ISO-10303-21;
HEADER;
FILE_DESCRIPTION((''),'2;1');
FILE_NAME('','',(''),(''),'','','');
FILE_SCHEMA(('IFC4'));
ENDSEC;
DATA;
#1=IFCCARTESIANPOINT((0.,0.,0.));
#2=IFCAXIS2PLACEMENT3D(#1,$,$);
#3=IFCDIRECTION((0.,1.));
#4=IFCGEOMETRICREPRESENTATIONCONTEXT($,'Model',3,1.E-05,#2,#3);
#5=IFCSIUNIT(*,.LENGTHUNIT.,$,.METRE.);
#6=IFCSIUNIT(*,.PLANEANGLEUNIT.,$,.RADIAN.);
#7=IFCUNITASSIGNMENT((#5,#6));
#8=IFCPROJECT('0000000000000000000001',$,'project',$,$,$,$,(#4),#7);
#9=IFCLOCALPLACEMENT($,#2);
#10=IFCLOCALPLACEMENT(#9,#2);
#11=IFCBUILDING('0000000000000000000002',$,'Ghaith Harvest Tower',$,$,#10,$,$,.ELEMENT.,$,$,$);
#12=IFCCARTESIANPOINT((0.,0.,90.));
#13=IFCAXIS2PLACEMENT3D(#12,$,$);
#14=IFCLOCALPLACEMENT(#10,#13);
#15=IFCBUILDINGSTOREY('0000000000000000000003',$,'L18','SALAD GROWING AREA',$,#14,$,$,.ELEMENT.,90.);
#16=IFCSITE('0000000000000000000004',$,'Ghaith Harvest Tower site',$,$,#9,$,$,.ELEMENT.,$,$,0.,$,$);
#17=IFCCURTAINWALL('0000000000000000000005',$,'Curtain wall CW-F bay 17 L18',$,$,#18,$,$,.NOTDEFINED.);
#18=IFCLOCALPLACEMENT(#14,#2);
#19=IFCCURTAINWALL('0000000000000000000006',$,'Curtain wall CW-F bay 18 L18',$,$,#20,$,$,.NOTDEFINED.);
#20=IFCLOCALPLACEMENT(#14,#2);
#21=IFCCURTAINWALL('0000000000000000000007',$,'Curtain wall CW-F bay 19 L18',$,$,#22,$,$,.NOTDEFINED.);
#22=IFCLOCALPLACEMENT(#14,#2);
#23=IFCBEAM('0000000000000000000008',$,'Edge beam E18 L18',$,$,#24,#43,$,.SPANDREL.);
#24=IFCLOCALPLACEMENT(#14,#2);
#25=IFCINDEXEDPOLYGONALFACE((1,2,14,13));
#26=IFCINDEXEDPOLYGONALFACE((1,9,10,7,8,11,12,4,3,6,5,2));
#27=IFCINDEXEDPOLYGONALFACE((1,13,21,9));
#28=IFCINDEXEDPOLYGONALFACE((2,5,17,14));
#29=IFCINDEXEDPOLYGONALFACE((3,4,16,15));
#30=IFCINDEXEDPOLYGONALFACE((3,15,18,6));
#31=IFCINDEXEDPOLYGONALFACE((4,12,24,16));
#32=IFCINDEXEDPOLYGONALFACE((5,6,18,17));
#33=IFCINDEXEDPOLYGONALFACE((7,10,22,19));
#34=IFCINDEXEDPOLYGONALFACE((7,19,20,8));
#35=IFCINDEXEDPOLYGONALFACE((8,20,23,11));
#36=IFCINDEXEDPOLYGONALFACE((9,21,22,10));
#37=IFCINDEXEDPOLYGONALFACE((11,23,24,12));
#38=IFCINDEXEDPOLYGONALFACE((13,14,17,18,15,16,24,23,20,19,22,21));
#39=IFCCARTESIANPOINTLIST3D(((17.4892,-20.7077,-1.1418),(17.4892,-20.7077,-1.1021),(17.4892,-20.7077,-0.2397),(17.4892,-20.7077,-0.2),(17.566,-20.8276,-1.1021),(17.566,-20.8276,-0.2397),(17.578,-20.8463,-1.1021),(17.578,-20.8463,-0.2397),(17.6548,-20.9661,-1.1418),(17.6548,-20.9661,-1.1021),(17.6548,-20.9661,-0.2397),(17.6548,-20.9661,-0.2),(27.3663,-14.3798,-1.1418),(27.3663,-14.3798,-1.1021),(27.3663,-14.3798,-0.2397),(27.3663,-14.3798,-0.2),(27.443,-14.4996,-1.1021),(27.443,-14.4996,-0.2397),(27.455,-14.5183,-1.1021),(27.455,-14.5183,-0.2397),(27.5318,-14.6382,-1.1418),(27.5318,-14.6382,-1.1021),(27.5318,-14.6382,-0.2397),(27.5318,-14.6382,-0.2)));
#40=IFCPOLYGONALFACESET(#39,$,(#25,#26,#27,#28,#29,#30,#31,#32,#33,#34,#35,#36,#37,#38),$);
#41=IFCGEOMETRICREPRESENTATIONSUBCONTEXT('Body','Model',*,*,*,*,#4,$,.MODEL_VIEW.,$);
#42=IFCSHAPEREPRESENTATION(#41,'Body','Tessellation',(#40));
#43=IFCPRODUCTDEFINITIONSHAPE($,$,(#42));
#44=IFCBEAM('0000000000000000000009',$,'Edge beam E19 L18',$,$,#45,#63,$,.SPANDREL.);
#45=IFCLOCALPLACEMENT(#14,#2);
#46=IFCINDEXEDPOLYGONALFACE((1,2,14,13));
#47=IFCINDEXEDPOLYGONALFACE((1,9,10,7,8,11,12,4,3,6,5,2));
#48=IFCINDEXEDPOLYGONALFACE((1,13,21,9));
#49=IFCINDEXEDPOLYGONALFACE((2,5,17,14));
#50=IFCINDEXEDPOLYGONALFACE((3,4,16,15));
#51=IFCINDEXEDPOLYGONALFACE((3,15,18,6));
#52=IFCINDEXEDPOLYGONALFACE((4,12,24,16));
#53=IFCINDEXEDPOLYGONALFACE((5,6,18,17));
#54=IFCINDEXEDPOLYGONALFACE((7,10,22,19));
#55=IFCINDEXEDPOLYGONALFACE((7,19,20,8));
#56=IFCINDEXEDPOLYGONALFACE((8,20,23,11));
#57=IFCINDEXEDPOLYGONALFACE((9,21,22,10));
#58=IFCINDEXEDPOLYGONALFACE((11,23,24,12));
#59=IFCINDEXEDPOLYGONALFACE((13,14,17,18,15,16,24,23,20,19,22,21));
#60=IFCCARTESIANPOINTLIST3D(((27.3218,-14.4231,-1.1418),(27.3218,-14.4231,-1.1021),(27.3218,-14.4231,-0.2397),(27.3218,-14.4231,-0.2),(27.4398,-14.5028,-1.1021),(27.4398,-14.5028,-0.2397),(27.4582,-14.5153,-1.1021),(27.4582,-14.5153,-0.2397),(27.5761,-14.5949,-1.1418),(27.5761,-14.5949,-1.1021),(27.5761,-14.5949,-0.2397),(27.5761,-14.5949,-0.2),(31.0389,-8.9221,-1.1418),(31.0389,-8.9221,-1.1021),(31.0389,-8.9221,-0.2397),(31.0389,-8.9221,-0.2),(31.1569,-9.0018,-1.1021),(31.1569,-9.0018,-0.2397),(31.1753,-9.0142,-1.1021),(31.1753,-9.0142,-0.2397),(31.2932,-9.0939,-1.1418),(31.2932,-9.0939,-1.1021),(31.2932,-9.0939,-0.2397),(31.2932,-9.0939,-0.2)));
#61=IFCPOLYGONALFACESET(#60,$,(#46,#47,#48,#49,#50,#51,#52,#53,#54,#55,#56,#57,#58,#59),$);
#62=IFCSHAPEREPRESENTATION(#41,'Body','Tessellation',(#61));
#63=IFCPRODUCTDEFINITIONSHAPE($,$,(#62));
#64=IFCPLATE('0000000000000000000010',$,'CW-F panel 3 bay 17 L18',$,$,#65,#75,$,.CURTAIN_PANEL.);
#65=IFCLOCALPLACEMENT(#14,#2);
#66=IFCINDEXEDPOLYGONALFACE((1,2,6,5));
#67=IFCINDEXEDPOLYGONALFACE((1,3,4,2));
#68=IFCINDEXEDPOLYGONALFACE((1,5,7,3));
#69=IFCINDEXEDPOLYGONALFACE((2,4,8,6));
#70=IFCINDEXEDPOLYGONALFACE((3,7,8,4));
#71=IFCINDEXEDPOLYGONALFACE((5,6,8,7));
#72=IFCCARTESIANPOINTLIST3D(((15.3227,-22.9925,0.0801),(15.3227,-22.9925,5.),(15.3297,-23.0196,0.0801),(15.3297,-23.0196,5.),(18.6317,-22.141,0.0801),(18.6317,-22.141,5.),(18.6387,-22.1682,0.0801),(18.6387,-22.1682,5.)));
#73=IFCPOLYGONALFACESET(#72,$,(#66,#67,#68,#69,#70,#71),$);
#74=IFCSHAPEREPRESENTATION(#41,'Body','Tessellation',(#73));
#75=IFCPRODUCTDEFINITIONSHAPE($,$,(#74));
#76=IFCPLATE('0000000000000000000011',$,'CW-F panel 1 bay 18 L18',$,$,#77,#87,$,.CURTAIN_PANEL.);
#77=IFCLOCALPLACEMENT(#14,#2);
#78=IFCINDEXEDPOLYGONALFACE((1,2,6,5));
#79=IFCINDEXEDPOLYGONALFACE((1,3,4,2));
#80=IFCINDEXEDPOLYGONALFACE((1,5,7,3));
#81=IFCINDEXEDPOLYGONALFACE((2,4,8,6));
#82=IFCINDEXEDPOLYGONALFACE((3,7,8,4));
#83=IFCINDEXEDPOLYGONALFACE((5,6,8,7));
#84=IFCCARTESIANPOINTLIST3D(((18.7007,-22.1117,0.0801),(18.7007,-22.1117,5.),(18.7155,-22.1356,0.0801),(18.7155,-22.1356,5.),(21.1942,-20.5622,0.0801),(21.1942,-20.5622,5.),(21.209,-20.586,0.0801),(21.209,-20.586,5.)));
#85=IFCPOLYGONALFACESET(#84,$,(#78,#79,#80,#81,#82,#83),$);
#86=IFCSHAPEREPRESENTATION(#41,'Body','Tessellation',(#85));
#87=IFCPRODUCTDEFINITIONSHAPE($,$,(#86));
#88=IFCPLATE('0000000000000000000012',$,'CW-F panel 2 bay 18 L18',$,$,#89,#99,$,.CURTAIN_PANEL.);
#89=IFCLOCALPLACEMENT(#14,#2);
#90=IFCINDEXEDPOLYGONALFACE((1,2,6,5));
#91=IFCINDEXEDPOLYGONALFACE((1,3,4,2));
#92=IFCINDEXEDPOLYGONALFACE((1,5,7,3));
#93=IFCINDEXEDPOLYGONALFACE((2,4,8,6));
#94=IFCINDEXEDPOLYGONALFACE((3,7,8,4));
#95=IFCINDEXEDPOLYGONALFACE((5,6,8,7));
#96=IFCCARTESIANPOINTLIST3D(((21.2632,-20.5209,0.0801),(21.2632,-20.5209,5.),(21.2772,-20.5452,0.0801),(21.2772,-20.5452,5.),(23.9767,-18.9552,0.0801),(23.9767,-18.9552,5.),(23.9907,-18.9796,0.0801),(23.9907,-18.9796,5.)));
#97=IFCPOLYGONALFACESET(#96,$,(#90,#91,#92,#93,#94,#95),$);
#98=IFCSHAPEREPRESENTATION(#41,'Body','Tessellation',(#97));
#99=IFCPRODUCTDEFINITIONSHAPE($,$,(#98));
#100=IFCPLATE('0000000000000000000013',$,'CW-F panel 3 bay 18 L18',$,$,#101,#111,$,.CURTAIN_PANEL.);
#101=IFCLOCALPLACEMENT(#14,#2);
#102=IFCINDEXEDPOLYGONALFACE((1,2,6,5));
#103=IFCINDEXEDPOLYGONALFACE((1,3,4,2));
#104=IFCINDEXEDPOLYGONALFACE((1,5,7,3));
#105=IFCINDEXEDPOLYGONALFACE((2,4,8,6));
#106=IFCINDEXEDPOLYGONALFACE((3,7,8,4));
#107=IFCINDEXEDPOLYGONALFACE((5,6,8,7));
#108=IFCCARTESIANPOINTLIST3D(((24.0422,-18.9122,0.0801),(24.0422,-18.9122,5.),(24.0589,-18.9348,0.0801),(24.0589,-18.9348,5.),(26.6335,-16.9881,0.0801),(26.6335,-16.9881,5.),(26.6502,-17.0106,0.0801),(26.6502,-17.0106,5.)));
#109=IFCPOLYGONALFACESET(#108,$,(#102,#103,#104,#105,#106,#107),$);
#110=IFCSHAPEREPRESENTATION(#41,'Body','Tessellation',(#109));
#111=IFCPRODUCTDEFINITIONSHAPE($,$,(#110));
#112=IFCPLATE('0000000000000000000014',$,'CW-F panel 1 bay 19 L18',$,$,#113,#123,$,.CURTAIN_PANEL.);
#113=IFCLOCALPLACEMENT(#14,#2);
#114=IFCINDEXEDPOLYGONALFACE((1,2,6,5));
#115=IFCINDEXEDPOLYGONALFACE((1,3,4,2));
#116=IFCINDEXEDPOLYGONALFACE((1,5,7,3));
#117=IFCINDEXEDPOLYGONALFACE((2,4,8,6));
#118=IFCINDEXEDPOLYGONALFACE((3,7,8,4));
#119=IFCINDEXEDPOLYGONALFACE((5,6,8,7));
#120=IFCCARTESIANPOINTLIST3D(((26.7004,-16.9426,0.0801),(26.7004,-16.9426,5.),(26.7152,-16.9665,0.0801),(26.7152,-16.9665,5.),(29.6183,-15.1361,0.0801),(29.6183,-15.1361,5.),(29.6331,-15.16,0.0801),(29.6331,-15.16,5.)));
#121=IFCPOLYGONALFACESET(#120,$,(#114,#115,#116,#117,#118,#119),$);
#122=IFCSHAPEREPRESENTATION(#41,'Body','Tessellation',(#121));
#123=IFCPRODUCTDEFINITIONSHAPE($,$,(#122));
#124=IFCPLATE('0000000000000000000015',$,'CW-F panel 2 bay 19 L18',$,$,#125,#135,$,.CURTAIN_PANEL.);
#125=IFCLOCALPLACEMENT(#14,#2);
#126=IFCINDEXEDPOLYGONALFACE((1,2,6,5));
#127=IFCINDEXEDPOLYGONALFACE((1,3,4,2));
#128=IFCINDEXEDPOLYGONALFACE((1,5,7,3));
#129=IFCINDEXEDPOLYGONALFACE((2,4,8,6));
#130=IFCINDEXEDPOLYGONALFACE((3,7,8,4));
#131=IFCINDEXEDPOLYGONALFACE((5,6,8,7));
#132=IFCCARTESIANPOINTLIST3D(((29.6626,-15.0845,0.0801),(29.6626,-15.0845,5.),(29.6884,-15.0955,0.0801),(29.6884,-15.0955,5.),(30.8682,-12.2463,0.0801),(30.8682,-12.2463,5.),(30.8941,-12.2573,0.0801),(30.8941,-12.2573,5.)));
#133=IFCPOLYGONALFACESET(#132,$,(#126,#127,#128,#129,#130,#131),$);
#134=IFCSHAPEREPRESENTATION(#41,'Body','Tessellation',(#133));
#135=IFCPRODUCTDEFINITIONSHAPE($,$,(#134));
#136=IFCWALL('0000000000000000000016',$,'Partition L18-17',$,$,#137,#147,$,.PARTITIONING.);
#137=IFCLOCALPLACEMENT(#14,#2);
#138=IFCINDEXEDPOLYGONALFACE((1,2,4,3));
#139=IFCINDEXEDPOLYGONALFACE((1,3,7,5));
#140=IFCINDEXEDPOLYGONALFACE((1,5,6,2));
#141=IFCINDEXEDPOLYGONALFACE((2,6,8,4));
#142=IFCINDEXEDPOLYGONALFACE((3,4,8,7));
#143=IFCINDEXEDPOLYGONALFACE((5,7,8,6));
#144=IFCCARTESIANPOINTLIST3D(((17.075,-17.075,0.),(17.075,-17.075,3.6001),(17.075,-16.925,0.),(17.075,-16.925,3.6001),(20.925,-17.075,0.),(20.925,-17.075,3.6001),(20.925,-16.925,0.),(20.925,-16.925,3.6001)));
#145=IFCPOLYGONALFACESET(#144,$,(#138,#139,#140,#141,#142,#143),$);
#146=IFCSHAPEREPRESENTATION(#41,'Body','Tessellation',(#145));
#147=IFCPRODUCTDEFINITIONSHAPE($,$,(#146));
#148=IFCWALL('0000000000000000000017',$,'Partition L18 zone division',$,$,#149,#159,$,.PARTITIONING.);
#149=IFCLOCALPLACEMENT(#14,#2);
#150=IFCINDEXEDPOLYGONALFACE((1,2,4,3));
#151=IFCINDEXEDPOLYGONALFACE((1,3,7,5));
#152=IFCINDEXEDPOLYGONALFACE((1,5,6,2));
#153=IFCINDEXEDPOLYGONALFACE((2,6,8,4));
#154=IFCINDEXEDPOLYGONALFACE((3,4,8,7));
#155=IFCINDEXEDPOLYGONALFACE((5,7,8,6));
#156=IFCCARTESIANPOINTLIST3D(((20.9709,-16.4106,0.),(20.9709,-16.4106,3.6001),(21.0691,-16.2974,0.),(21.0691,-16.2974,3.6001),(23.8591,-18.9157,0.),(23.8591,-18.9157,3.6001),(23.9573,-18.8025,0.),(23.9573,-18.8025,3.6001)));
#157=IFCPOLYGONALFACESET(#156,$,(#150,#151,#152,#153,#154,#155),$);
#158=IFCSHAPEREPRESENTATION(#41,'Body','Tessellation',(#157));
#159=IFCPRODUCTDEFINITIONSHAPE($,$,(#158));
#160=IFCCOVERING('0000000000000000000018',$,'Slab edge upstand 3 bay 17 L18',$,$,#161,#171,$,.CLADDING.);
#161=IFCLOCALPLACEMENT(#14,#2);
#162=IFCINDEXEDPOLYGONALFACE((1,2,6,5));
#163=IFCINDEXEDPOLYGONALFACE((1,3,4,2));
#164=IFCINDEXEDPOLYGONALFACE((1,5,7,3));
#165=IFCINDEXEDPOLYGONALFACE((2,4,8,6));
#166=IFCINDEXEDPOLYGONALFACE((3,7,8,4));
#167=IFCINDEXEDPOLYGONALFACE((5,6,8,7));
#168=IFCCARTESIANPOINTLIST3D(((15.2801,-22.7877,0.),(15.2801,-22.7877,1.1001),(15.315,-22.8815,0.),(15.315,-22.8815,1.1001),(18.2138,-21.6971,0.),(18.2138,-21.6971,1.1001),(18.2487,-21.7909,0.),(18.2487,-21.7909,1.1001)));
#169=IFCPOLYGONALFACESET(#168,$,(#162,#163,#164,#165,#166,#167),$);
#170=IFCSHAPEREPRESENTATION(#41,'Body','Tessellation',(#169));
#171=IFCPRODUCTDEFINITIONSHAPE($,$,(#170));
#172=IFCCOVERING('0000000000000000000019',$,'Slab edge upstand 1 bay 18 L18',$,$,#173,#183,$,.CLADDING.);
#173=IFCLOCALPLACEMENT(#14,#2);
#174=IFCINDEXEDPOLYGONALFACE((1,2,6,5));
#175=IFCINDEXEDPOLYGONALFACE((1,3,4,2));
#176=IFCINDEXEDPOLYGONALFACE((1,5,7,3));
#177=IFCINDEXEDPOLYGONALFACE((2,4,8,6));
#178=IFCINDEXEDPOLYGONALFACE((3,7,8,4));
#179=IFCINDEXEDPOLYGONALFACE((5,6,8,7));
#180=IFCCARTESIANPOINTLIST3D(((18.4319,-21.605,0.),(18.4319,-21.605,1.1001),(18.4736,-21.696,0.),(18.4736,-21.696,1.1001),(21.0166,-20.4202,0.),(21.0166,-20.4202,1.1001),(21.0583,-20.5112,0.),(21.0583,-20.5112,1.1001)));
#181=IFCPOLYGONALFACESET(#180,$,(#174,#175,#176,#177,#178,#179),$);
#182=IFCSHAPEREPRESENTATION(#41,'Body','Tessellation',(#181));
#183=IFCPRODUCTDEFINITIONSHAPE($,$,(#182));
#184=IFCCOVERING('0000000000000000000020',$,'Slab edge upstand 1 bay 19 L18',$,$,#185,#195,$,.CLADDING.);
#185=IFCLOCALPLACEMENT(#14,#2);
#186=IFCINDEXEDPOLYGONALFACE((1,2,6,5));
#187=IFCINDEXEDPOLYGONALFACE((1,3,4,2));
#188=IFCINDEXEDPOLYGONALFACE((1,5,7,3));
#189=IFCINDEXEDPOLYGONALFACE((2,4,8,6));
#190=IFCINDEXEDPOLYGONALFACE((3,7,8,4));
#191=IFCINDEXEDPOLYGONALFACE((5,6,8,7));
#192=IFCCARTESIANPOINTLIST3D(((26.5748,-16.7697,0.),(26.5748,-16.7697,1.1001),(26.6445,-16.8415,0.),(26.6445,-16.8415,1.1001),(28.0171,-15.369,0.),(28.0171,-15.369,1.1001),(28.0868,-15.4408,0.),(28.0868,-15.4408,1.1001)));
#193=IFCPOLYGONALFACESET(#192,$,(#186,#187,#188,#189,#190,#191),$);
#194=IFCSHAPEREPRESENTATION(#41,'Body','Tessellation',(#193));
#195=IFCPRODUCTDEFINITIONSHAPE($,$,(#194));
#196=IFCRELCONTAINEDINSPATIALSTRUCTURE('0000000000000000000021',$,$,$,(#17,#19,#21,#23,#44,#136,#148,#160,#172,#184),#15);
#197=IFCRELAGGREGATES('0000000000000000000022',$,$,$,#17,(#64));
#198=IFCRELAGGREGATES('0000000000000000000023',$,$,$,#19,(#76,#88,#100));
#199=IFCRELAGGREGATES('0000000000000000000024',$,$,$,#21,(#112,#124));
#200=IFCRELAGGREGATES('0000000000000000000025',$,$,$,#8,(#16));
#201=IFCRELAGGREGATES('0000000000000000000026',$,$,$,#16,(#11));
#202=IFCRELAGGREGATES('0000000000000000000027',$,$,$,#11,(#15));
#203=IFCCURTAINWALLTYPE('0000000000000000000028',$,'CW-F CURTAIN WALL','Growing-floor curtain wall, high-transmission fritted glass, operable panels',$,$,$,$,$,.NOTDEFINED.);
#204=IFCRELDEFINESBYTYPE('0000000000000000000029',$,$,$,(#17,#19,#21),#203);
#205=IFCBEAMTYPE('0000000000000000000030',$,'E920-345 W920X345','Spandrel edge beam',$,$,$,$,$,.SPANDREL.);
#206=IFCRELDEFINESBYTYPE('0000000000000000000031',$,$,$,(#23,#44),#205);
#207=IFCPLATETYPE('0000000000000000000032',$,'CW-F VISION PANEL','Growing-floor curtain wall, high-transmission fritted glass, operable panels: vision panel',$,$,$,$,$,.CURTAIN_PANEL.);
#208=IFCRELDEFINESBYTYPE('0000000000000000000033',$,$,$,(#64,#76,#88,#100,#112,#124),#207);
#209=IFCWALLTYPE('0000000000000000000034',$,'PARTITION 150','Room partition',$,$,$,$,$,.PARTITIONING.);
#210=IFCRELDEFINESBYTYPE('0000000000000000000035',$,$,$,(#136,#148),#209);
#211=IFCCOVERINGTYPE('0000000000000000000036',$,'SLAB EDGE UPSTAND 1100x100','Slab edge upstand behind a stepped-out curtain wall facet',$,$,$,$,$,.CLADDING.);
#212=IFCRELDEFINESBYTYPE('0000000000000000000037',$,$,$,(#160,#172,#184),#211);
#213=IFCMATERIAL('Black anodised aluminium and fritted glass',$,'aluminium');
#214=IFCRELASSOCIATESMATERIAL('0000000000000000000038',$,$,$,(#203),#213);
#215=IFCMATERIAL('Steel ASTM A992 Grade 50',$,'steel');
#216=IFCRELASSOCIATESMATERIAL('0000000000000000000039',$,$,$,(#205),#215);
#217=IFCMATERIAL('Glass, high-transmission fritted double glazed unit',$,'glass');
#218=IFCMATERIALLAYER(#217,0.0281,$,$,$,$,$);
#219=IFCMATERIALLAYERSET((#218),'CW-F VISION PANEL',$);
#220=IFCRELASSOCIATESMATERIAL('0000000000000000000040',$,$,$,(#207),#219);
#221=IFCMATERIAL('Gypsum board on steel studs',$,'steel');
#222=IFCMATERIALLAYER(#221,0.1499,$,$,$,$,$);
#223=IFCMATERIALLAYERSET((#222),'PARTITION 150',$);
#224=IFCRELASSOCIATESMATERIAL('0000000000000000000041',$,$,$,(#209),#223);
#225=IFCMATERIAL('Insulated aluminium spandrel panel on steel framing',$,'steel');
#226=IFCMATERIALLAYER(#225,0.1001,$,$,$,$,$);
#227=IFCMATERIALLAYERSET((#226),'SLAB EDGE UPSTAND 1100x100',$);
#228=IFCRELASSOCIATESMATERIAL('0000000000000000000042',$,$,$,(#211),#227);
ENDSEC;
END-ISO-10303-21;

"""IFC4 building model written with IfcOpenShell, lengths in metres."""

from ifc_helpers import new_model, si_unit, direction, frame, frame_2d, origin, origin_2d, place, context, subcontext, project, spatial, rectangle, i_section, extrude, material, layer, layer_set, material_profile, profile_set, type_object, element, aggregate, save


model = new_model("IFC4")

# Units and contexts
model_context = context("Model", 3, precision=1e-05, world=origin(), true_north=direction((0.0, 1.0)))
body_context = subcontext(model_context, "Body", "Model", "MODEL_VIEW")
ifc_project = project(units=[si_unit("LENGTHUNIT", "METRE"), si_unit("PLANEANGLEUNIT", "RADIAN")], contexts=[model_context])

# Site, building, storey
site_placement = place(None, origin())
site = spatial("IfcSite", under=ifc_project, at=site_placement, Name="Ghaith Harvest Tower site", CompositionType="ELEMENT", RefElevation=0.0)
building_placement = place(site_placement, origin())
building = spatial("IfcBuilding", under=site, at=building_placement, Name="Ghaith Harvest Tower", CompositionType="ELEMENT")
storey_placement = place(building_placement, frame((0.0, 0.0, 90.0)))
storey = spatial("IfcBuildingStorey", under=building, at=storey_placement, Name="L18", Description="SALAD GROWING AREA", CompositionType="ELEMENT", Elevation=90.0)

# Curtain wall
ifc_material_1 = material(Name="Black anodised aluminium and fritted glass", Category="aluminium")
curtain_wall_type = type_object("IfcCurtainWallType", Name="CW-F CURTAIN WALL", Description="Growing-floor curtain wall, high-transmission fritted glass, operable panels", PredefinedType="NOTDEFINED", material=ifc_material_1)
curtain_wall_1_placement = place(storey_placement, origin())
curtain_wall_1 = element("IfcCurtainWall", 1, at=curtain_wall_1_placement, inside=storey, type_object=curtain_wall_type, Name="Curtain wall CW-F bay 17 L18", PredefinedType="NOTDEFINED")

# Curtain walls
curtain_wall_2_placement = place(storey_placement, origin())
curtain_wall_2 = element("IfcCurtainWall", 2, at=curtain_wall_2_placement, inside=storey, type_object=curtain_wall_type, Name="Curtain wall CW-F bay 18 L18", PredefinedType="NOTDEFINED")
curtain_wall_3_placement = place(storey_placement, origin())
curtain_wall_3 = element("IfcCurtainWall", 3, at=curtain_wall_3_placement, inside=storey, type_object=curtain_wall_type, Name="Curtain wall CW-F bay 19 L18", PredefinedType="NOTDEFINED")

# Beams
ifc_material_2 = material(Name="Steel ASTM A992 Grade 50", Category="steel")
ifc_material_profile_1 = material_profile(ifc_material_2, i_section(OverallWidth=0.3069, OverallDepth=0.9419, WebThickness=0.0222, FlangeThickness=0.0398, at=origin_2d()), Name="W920X345")
ifc_profile_set_1 = profile_set([ifc_material_profile_1], Name="Steel ASTM A992 Grade 50")
beam_type = type_object("IfcBeamType", Name="E920-345 W920X345", Description="Spandrel edge beam", PredefinedType="SPANDREL", material=ifc_profile_set_1)
beam_1_placement = place(storey_placement, frame((17.572, -20.8369, -0.6709), z_axis=(0.842015, 0.539455, 0.0), x_axis=(-0.539455, 0.842015, 0.0)))
element("IfcBeam", 4, at=beam_1_placement, inside=storey, type_object=beam_type, Name="Edge beam E18 L18", PredefinedType="SPANDREL", context=body_context, shape_type="SweptSolid", body=[
    extrude(i_section(OverallWidth=0.3069, OverallDepth=0.9419, WebThickness=0.0222, FlangeThickness=0.0398, at=origin_2d()), origin(), (0.0, 0.0, 1.0), 11.7302),
])
beam_2_placement = place(storey_placement, frame((27.449, -14.509, -0.6709), z_axis=(0.559874, 0.828577, 0.0), x_axis=(-0.828577, 0.559874, 0.0)))
element("IfcBeam", 5, at=beam_2_placement, inside=storey, type_object=beam_type, Name="Edge beam E19 L18", PredefinedType="SPANDREL", context=body_context, shape_type="SweptSolid", body=[
    extrude(i_section(OverallWidth=0.3069, OverallDepth=0.9419, WebThickness=0.0222, FlangeThickness=0.0398, at=origin_2d()), origin(), (0.0, 0.0, 1.0), 6.6392),
])

# Plates
ifc_material_3 = material(Name="Glass, high-transmission fritted double glazed unit", Category="glass")
ifc_layer_1 = layer(ifc_material_3, 0.0281)
ifc_layer_set_1 = layer_set([ifc_layer_1], Name="CW-F VISION PANEL")
plate_type = type_object("IfcPlateType", Name="CW-F VISION PANEL", Description="Growing-floor curtain wall, high-transmission fritted glass, operable panels: vision panel", PredefinedType="CURTAIN_PANEL", material=ifc_layer_set_1)
plate_1_placement = place(storey_placement, frame((16.9807, -22.5803, 0.0801), z_axis=(0.0, 0.0, 1.0), x_axis=(0.968451, 0.249202, 0.0)))
plate_1 = element("IfcPlate", 6, at=plate_1_placement, type_object=plate_type, Name="CW-F panel 3 bay 17 L18", PredefinedType="CURTAIN_PANEL", context=body_context, shape_type="SweptSolid", body=[
    extrude(rectangle(XDim=3.4167, YDim=0.0281, at=origin_2d()), origin(), (0.0, 0.0, 1.0), 4.9199),
])
aggregate(curtain_wall_1, [plate_1])
plate_2_placement = place(storey_placement, frame((19.9548, -21.3489, 0.0801), z_axis=(0.0, 0.0, 1.0), x_axis=(0.849361, 0.527813, 0.0)))
plate_2 = element("IfcPlate", 7, at=plate_2_placement, type_object=plate_type, Name="CW-F panel 1 bay 18 L18", PredefinedType="CURTAIN_PANEL", context=body_context, shape_type="SweptSolid", body=[
    extrude(rectangle(XDim=2.9358, YDim=0.0281, at=origin_2d()), origin(), (0.0, 0.0, 1.0), 4.9199),
])
plate_3_placement = place(storey_placement, frame((22.627, -19.7502, 0.0801), z_axis=(0.0, 0.0, 1.0), x_axis=(0.866159, 0.499768, 0.0)))
plate_3 = element("IfcPlate", 8, at=plate_3_placement, type_object=plate_type, Name="CW-F panel 2 bay 18 L18", PredefinedType="CURTAIN_PANEL", context=body_context, shape_type="SweptSolid", body=[
    extrude(rectangle(XDim=3.1328, YDim=0.0281, at=origin_2d()), origin(), (0.0, 0.0, 1.0), 4.9199),
])
plate_4_placement = place(storey_placement, frame((25.3462, -17.9614, 0.0801), z_axis=(0.0, 0.0, 1.0), x_axis=(0.802867, 0.596158, 0.0)))
plate_4 = element("IfcPlate", 9, at=plate_4_placement, type_object=plate_type, Name="CW-F panel 3 bay 18 L18", PredefinedType="CURTAIN_PANEL", context=body_context, shape_type="SweptSolid", body=[
    extrude(rectangle(XDim=3.2275, YDim=0.0281, at=origin_2d()), origin(), (0.0, 0.0, 1.0), 4.9199),
])
aggregate(curtain_wall_2, [plate_2, plate_3, plate_4])
plate_5_placement = place(storey_placement, frame((28.1667, -16.0513, 0.0801), z_axis=(0.0, 0.0, 1.0), x_axis=(0.850246, 0.526386, 0.0)))
plate_5 = element("IfcPlate", 10, at=plate_5_placement, type_object=plate_type, Name="CW-F panel 1 bay 19 L18", PredefinedType="CURTAIN_PANEL", context=body_context, shape_type="SweptSolid", body=[
    extrude(rectangle(XDim=3.4319, YDim=0.0281, at=origin_2d()), origin(), (0.0, 0.0, 1.0), 4.9199),
])
plate_6_placement = place(storey_placement, frame((30.2783, -13.6709, 0.0801), z_axis=(0.0, 0.0, 1.0), x_axis=(0.39098, 0.920399, 0.0)))
plate_6 = element("IfcPlate", 11, at=plate_6_placement, type_object=plate_type, Name="CW-F panel 2 bay 19 L18", PredefinedType="CURTAIN_PANEL", context=body_context, shape_type="SweptSolid", body=[
    extrude(rectangle(XDim=3.0837, YDim=0.0281, at=origin_2d()), origin(), (0.0, 0.0, 1.0), 4.9199),
])
aggregate(curtain_wall_3, [plate_5, plate_6])

# Walls
ifc_material_4 = material(Name="Gypsum board on steel studs", Category="steel")
ifc_layer_2 = layer(ifc_material_4, 0.1499)
ifc_layer_set_2 = layer_set([ifc_layer_2], Name="PARTITION 150")
wall_type = type_object("IfcWallType", Name="PARTITION 150", Description="Room partition", PredefinedType="PARTITIONING", material=ifc_layer_set_2)
wall_1_placement = place(storey_placement, frame((17.075, -17.0, 0.0), z_axis=(0.0, 0.0, 1.0), x_axis=(1.0, 0.0, 0.0)))
element("IfcWall", 12, at=wall_1_placement, inside=storey, type_object=wall_type, Name="Partition L18-17", PredefinedType="PARTITIONING", context=body_context, shape_type="SweptSolid", body=[
    extrude(rectangle(XDim=3.8501, YDim=0.1499, at=frame_2d((1.925, 0.0))), origin(), (0.0, 0.0, 1.0), 3.6001),
])
wall_2_placement = place(storey_placement, frame((21.02, -16.354, 0.0), z_axis=(0.0, 0.0, 1.0), x_axis=(0.755426, -0.655234, 0.0)))
element("IfcWall", 13, at=wall_2_placement, inside=storey, type_object=wall_type, Name="Partition L18 zone division", PredefinedType="PARTITIONING", context=body_context, shape_type="SweptSolid", body=[
    extrude(rectangle(XDim=3.8232, YDim=0.1499, at=frame_2d((1.9116, 0.0))), origin(), (0.0, 0.0, 1.0), 3.6001),
])

# Coverings
ifc_material_5 = material(Name="Insulated aluminium spandrel panel on steel framing", Category="steel")
ifc_layer_3 = layer(ifc_material_5, 0.1001)
ifc_layer_set_3 = layer_set([ifc_layer_3], Name="SLAB EDGE UPSTAND 1100x100")
covering_type = type_object("IfcCoveringType", Name="SLAB EDGE UPSTAND 1100x100", Description="Slab edge upstand behind a stepped-out curtain wall facet", PredefinedType="CLADDING", material=ifc_layer_set_3)
covering_1_placement = place(storey_placement, frame((16.7644, -22.2893, 0.0), z_axis=(0.0, 0.0, 1.0), x_axis=(0.937332, 0.348438, 0.0)))
element("IfcCovering", 14, at=covering_1_placement, inside=storey, type_object=covering_type, Name="Slab edge upstand 3 bay 17 L18", PredefinedType="CLADDING", context=body_context, shape_type="SweptSolid", body=[
    extrude(rectangle(XDim=3.1299, YDim=0.1001, at=origin_2d()), origin(), (0.0, 0.0, 1.0), 1.1001),
])
covering_2_placement = place(storey_placement, frame((19.7451, -21.0581, 0.0), z_axis=(0.0, 0.0, 1.0), x_axis=(0.909046, 0.416696, 0.0)))
element("IfcCovering", 15, at=covering_2_placement, inside=storey, type_object=covering_type, Name="Slab edge upstand 1 bay 18 L18", PredefinedType="CLADDING", context=body_context, shape_type="SweptSolid", body=[
    extrude(rectangle(XDim=2.8433, YDim=0.1001, at=origin_2d()), origin(), (0.0, 0.0, 1.0), 1.1001),
])
covering_3_placement = place(storey_placement, frame((27.3308, -16.1052, 0.0), z_axis=(0.0, 0.0, 1.0), x_axis=(0.717386, 0.696675, 0.0)))
element("IfcCovering", 16, at=covering_3_placement, inside=storey, type_object=covering_type, Name="Slab edge upstand 1 bay 19 L18", PredefinedType="CLADDING", context=body_context, shape_type="SweptSolid", body=[
    extrude(rectangle(XDim=2.0105, YDim=0.1001, at=origin_2d()), origin(), (0.0, 0.0, 1.0), 1.1001),
])

save(model, "model.ifc")
